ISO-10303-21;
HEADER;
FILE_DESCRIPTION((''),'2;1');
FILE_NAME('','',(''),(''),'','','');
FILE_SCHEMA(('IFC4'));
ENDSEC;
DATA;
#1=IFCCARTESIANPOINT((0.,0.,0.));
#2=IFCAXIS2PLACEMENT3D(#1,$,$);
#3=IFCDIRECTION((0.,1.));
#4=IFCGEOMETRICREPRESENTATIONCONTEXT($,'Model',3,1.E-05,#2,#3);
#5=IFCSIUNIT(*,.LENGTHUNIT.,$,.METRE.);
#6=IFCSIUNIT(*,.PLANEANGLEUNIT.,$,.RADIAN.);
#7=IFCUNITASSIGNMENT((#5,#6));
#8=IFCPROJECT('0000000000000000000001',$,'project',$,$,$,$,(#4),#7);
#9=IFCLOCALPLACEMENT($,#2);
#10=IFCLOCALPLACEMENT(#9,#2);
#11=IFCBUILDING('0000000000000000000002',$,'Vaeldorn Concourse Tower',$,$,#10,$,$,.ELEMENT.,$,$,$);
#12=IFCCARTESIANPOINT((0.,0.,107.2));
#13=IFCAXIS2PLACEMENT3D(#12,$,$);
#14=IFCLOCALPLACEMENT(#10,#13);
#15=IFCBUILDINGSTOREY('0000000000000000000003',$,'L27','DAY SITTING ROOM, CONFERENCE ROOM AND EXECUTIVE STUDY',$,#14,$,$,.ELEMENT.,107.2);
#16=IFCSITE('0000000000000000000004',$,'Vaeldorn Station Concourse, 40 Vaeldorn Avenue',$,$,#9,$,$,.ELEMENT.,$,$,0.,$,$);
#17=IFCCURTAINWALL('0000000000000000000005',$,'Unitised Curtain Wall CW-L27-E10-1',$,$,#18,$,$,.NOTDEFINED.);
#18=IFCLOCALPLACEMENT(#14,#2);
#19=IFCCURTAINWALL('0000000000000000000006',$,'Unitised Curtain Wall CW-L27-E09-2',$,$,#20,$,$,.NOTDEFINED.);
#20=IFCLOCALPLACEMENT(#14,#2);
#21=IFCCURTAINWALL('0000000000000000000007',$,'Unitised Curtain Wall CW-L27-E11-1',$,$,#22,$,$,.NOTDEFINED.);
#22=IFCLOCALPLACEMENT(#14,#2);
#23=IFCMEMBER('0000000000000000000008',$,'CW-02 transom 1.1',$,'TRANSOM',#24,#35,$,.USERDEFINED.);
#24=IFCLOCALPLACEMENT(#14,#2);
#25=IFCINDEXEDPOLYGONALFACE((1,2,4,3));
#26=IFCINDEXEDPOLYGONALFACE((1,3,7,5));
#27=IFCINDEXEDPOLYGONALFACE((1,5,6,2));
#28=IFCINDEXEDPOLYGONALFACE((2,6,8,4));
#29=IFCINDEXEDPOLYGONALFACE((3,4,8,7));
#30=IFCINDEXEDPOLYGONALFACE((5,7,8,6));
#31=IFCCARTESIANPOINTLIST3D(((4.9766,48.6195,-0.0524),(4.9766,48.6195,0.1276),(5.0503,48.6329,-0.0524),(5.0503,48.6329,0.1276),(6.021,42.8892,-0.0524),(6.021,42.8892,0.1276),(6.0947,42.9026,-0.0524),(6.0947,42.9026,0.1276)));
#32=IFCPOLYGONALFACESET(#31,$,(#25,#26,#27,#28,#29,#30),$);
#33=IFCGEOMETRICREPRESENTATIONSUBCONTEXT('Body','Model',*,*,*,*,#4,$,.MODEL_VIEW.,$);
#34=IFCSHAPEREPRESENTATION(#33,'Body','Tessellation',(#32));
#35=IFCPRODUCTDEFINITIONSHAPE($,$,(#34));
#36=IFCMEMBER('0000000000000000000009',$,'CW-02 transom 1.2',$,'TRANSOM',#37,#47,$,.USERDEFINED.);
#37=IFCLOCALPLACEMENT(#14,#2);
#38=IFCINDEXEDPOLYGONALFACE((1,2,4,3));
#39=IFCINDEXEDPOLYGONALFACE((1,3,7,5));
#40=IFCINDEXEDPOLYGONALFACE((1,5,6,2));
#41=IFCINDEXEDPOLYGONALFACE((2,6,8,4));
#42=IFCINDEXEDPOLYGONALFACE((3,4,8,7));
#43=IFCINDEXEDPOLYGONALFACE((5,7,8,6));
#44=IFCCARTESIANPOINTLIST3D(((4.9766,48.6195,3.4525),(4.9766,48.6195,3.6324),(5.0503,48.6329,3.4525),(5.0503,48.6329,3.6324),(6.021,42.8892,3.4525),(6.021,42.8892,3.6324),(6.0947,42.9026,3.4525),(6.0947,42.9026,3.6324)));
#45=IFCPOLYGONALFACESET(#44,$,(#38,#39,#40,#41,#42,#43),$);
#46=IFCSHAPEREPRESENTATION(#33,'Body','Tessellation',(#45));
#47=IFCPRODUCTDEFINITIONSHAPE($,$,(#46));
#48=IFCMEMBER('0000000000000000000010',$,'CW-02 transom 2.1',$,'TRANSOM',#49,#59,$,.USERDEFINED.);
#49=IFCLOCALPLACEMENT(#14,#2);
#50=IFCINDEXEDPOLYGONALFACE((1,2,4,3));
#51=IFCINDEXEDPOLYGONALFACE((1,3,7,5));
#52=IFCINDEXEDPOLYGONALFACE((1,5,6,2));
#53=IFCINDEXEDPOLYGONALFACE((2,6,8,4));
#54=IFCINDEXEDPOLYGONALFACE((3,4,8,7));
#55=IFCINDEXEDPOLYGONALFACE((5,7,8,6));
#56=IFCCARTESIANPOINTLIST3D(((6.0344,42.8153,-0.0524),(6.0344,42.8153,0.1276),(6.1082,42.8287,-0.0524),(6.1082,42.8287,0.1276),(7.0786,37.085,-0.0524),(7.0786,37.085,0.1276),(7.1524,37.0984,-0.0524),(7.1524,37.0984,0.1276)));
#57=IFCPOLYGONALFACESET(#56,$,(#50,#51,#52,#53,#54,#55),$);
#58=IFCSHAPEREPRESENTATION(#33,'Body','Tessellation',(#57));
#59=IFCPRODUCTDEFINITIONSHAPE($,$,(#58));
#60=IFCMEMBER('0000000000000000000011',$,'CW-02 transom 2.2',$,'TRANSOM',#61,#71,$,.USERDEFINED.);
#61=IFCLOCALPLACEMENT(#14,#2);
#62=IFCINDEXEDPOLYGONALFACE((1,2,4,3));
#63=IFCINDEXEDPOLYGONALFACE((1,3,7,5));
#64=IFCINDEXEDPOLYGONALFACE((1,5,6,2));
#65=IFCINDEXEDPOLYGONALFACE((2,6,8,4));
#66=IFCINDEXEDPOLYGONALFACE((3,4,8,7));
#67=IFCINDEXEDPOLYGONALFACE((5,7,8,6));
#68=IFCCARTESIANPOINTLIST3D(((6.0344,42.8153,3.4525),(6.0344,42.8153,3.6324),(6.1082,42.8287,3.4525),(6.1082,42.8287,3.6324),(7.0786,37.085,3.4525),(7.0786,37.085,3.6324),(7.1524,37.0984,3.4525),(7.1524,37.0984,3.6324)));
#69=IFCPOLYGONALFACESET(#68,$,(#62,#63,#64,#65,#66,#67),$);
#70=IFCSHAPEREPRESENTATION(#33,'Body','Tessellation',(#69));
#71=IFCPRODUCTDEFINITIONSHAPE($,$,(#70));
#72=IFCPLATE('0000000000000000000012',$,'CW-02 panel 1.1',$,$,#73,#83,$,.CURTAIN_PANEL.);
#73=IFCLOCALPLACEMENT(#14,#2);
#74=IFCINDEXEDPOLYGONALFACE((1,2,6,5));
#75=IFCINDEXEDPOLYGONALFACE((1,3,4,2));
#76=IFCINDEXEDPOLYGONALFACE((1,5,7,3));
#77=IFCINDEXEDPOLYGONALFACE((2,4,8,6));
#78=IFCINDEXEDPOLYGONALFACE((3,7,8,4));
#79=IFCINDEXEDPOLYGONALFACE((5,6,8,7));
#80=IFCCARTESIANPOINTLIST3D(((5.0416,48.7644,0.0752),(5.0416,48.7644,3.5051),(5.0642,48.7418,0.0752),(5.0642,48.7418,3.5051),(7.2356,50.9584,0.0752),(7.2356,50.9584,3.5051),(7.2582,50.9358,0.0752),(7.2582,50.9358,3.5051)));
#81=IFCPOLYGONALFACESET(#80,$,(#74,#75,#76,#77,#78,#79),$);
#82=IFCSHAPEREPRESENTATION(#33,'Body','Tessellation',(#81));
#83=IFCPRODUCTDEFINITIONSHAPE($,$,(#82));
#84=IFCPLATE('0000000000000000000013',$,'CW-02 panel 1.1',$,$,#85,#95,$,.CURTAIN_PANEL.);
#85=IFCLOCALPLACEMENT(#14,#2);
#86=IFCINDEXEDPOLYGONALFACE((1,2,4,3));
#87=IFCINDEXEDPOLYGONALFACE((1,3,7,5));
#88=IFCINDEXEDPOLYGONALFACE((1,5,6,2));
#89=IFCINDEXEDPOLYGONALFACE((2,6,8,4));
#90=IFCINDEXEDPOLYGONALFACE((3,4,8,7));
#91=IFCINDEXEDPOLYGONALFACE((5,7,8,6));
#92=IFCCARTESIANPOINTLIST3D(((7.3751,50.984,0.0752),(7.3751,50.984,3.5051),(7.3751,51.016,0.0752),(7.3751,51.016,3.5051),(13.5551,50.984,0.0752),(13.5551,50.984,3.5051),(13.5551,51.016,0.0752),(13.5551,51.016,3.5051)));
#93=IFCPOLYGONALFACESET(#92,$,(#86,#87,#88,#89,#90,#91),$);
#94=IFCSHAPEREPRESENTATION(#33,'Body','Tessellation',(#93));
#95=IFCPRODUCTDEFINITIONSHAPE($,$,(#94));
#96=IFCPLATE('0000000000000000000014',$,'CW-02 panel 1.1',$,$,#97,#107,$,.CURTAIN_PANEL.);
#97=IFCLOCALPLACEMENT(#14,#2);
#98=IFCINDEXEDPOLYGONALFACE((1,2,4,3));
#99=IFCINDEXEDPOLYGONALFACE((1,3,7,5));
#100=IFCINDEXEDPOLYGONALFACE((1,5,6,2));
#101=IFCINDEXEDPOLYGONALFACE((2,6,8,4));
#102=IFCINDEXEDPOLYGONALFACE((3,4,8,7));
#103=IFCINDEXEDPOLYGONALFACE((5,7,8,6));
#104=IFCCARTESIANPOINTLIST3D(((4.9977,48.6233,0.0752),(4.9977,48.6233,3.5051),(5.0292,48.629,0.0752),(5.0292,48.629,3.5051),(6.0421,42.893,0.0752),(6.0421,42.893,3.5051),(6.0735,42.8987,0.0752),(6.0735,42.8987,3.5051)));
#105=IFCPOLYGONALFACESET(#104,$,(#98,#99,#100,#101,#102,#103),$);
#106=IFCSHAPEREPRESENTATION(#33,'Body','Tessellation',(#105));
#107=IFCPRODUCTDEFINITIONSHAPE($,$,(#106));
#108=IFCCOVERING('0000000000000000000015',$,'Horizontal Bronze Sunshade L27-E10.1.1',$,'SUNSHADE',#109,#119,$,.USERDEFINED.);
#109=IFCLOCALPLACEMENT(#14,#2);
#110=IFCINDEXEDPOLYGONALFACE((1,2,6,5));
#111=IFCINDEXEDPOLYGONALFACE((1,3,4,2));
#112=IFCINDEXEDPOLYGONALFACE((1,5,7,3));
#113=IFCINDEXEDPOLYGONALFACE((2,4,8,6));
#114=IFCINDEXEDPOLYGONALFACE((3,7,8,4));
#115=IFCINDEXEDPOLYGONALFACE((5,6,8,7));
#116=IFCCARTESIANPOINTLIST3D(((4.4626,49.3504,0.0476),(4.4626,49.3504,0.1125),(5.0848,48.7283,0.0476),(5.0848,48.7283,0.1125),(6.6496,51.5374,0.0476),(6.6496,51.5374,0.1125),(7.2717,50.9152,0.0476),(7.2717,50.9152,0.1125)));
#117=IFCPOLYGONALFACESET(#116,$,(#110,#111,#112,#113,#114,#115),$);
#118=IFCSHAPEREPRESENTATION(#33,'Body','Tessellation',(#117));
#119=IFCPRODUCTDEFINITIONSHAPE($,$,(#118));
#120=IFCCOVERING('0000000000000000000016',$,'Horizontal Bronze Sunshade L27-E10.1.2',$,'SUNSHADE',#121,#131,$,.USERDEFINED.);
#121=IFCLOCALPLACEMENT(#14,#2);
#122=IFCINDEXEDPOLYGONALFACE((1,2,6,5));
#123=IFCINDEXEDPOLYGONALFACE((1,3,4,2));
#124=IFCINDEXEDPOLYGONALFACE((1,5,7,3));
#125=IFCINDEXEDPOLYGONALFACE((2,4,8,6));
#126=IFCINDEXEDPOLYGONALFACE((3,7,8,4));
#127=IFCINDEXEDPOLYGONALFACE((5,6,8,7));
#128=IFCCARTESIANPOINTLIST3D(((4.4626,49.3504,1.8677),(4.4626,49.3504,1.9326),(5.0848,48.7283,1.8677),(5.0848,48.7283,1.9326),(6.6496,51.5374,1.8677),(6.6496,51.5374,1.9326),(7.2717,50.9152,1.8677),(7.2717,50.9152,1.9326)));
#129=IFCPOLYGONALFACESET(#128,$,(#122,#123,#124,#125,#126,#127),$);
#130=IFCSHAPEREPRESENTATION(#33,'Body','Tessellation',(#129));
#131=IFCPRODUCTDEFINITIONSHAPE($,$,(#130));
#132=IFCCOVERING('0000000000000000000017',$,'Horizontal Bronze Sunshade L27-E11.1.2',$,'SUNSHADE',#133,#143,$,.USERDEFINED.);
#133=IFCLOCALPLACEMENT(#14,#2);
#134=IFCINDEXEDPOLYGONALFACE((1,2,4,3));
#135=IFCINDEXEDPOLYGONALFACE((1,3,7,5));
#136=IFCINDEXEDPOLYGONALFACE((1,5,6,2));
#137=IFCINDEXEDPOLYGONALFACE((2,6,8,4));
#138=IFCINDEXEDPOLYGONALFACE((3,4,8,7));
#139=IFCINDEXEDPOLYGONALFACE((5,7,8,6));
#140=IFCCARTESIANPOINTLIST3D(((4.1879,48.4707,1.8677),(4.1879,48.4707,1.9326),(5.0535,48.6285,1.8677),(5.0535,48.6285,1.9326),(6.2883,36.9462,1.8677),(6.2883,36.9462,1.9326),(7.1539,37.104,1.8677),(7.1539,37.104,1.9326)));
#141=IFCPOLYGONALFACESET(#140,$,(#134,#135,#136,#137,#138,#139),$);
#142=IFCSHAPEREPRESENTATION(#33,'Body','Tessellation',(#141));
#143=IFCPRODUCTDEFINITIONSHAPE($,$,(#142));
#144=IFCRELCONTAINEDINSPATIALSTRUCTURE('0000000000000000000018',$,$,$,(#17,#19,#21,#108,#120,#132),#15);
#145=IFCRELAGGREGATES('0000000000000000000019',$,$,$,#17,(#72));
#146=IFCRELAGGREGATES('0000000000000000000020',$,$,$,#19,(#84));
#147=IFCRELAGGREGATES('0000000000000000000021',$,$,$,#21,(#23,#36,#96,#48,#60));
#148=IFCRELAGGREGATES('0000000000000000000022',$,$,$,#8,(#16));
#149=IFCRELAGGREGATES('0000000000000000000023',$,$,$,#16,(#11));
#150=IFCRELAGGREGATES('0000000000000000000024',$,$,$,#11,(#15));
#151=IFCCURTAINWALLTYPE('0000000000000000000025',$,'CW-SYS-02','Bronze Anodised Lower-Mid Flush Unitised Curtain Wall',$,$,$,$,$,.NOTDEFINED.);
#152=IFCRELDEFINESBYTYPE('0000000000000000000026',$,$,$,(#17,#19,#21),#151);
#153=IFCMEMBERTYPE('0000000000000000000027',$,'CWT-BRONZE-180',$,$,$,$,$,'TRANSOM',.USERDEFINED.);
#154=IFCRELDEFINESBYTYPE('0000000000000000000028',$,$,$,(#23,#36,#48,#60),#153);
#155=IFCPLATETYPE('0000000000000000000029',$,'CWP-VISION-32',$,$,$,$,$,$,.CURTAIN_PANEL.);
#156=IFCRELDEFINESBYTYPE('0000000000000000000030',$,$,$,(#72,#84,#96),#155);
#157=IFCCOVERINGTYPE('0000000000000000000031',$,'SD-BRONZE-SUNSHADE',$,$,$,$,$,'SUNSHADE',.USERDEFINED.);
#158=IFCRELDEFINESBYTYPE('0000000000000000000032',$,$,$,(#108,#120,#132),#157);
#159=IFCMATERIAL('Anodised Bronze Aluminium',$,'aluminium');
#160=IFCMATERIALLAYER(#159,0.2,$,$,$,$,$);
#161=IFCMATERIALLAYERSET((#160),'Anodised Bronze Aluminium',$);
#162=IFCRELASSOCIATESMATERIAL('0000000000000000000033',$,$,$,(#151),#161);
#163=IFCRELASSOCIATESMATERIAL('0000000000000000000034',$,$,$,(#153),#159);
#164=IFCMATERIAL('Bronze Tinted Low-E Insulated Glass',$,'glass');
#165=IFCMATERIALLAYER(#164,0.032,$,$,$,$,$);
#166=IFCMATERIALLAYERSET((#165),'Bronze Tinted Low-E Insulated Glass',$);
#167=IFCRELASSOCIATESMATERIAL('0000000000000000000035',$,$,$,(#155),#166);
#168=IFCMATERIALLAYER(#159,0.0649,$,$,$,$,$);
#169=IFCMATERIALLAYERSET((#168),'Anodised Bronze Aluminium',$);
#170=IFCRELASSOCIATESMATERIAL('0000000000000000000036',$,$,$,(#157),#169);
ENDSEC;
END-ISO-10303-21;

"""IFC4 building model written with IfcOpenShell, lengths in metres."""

from ifc_helpers import new_model, si_unit, direction, frame, origin, origin_2d, place, context, subcontext, project, spatial, rectangle, extrude, source, transform, mapped, material, layer, layer_set, material_profile, profile_set, type_object, element, aggregate, save


model = new_model("IFC4")

# Units and contexts
model_context = context("Model", 3, precision=1e-05, world=origin(), true_north=direction((0.0, 1.0)))
body_context = subcontext(model_context, "Body", "Model", "MODEL_VIEW")
ifc_project = project(units=[si_unit("LENGTHUNIT", "METRE"), si_unit("PLANEANGLEUNIT", "RADIAN")], contexts=[model_context])

# Site, building, storey
site_placement = place(None, origin())
site = spatial("IfcSite", under=ifc_project, at=site_placement, Name="Vaeldorn Station Concourse, 40 Vaeldorn Avenue", CompositionType="ELEMENT", RefElevation=0.0)
building_placement = place(site_placement, origin())
building = spatial("IfcBuilding", under=site, at=building_placement, Name="Vaeldorn Concourse Tower", CompositionType="ELEMENT")
storey_placement = place(building_placement, frame((0.0, 0.0, 107.2)))
storey = spatial("IfcBuildingStorey", under=building, at=storey_placement, Name="L27", Description="DAY SITTING ROOM, CONFERENCE ROOM AND EXECUTIVE STUDY", CompositionType="ELEMENT", Elevation=107.2)

# Curtain walls
ifc_material_1 = material(Name="Anodised Bronze Aluminium", Category="aluminium")
ifc_layer_1 = layer(ifc_material_1, 0.2)
ifc_layer_set_1 = layer_set([ifc_layer_1], Name="Anodised Bronze Aluminium")
curtain_wall_type = type_object("IfcCurtainWallType", Name="CW-SYS-02", Description="Bronze Anodised Lower-Mid Flush Unitised Curtain Wall", PredefinedType="NOTDEFINED", material=ifc_layer_set_1)
curtain_wall_1_placement = place(storey_placement, origin())
curtain_wall_1 = element("IfcCurtainWall", 1, at=curtain_wall_1_placement, inside=storey, type_object=curtain_wall_type, Name="Unitised Curtain Wall CW-L27-E10-1", PredefinedType="NOTDEFINED")
ifc_material_profile_1 = material_profile(ifc_material_1, rectangle(XDim=0.075, YDim=0.1799, at=origin_2d()), Name="CWT 75x180")
ifc_profile_set_1 = profile_set([ifc_material_profile_1], Name="Anodised Bronze Aluminium")
member_type_1 = type_object("IfcMemberType", Name="CWT-BRONZE-180", ElementType="TRANSOM", PredefinedType="USERDEFINED", material=ifc_profile_set_1)
curtain_wall_2_placement = place(storey_placement, origin())
curtain_wall_2 = element("IfcCurtainWall", 2, at=curtain_wall_2_placement, inside=storey, type_object=curtain_wall_type, Name="Unitised Curtain Wall CW-L27-E09-2", PredefinedType="NOTDEFINED")

# Curtain wall
curtain_wall_3_placement = place(storey_placement, origin())
curtain_wall_3 = element("IfcCurtainWall", 3, at=curtain_wall_3_placement, inside=storey, type_object=curtain_wall_type, Name="Unitised Curtain Wall CW-L27-E11-1", PredefinedType="NOTDEFINED")

# Members
shared_shape_1 = source(origin(), body_context, "Body", "SweptSolid", [
    extrude(rectangle(XDim=0.075, YDim=0.1799, at=origin_2d()), origin(), (0.0, 0.0, 1.0), 5.8247),
])
member_1_placement = place(storey_placement, frame((5.0134, 48.6262, 0.0376), z_axis=(0.179313, -0.983792, 0.0), x_axis=(0.983792, 0.179313, 0.0)))
member_1 = element("IfcMember", 4, at=member_1_placement, type_object=member_type_1, Name="CW-02 transom 1.1", ObjectType="TRANSOM", PredefinedType="USERDEFINED", context=body_context, shape_type="MappedRepresentation", body=[
    mapped(shared_shape_1, transform((0.0, 0.0, 0.0), scale=1.0)),
])
member_2_placement = place(storey_placement, frame((5.0134, 48.6262, 3.5425), z_axis=(0.179313, -0.983792, 0.0), x_axis=(0.983792, 0.179313, 0.0)))
member_2 = element("IfcMember", 5, at=member_2_placement, type_object=member_type_1, Name="CW-02 transom 1.2", ObjectType="TRANSOM", PredefinedType="USERDEFINED", context=body_context, shape_type="MappedRepresentation", body=[
    mapped(shared_shape_1, transform((0.0, 0.0, 0.0), scale=1.0)),
])
member_3_placement = place(storey_placement, frame((6.0713, 42.822, 0.0376), z_axis=(0.179273, -0.983799, 0.0), x_axis=(0.983799, 0.179273, 0.0)))
member_3 = element("IfcMember", 6, at=member_3_placement, type_object=member_type_1, Name="CW-02 transom 2.1", ObjectType="TRANSOM", PredefinedType="USERDEFINED", context=body_context, shape_type="MappedRepresentation", body=[
    mapped(shared_shape_1, transform((0.0, 0.0, 0.0), scale=1.0)),
])
member_4_placement = place(storey_placement, frame((6.0713, 42.822, 3.5425), z_axis=(0.179273, -0.983799, 0.0), x_axis=(0.983799, 0.179273, 0.0)))
member_4 = element("IfcMember", 7, at=member_4_placement, type_object=member_type_1, Name="CW-02 transom 2.2", ObjectType="TRANSOM", PredefinedType="USERDEFINED", context=body_context, shape_type="MappedRepresentation", body=[
    mapped(shared_shape_1, transform((0.0, 0.0, 0.0), scale=1.0)),
])

# Plates
ifc_material_2 = material(Name="Bronze Tinted Low-E Insulated Glass", Category="glass")
ifc_layer_2 = layer(ifc_material_2, 0.032)
ifc_layer_set_2 = layer_set([ifc_layer_2], Name="Bronze Tinted Low-E Insulated Glass")
plate_type = type_object("IfcPlateType", Name="CWP-VISION-32", PredefinedType="CURTAIN_PANEL", material=ifc_layer_set_2)
shared_shape_2 = source(origin(), body_context, "Body", "SweptSolid", [
    extrude(rectangle(XDim=3.1028, YDim=0.032, at=origin_2d()), origin(), (0.0, 0.0, 1.0), 3.4299),
])
plate_1_placement = place(storey_placement, frame((6.1499, 49.8501, 0.0752), z_axis=(0.0, 0.0, 1.0), x_axis=(-0.707107, -0.707107, 0.0)))
plate_1 = element("IfcPlate", 8, at=plate_1_placement, type_object=plate_type, Name="CW-02 panel 1.1", PredefinedType="CURTAIN_PANEL", context=body_context, shape_type="MappedRepresentation", body=[
    mapped(shared_shape_2, transform((0.0, 0.0, 0.0), scale=1.0)),
])
aggregate(curtain_wall_1, [plate_1])
shared_shape_3 = source(origin(), body_context, "Body", "SweptSolid", [
    extrude(rectangle(XDim=6.1799, YDim=0.032, at=origin_2d()), origin(), (0.0, 0.0, 1.0), 3.4299),
])
plate_2_placement = place(storey_placement, frame((10.4651, 51.0, 0.0752), z_axis=(0.0, 0.0, 1.0), x_axis=(-1.0, 0.0, 0.0)))
plate_2 = element("IfcPlate", 9, at=plate_2_placement, type_object=plate_type, Name="CW-02 panel 1.1", PredefinedType="CURTAIN_PANEL", context=body_context, shape_type="MappedRepresentation", body=[
    mapped(shared_shape_3, transform((0.0, 0.0, 0.0), scale=1.0)),
])
aggregate(curtain_wall_2, [plate_2])
shared_shape_4 = source(origin(), body_context, "Body", "SweptSolid", [
    extrude(rectangle(XDim=5.8247, YDim=0.032, at=origin_2d()), origin(), (0.0, 0.0, 1.0), 3.4299),
])
plate_3_placement = place(storey_placement, frame((5.5356, 45.761, 0.0752), z_axis=(0.0, 0.0, 1.0), x_axis=(0.179293, -0.983796, 0.0)))
plate_3 = element("IfcPlate", 10, at=plate_3_placement, type_object=plate_type, Name="CW-02 panel 1.1", PredefinedType="CURTAIN_PANEL", context=body_context, shape_type="MappedRepresentation", body=[
    mapped(shared_shape_4, transform((0.0, 0.0, 0.0), scale=1.0)),
])
aggregate(curtain_wall_3, [member_1, member_2, plate_3, member_3, member_4])

# Coverings
ifc_layer_3 = layer(ifc_material_1, 0.0649)
ifc_layer_set_3 = layer_set([ifc_layer_3], Name="Anodised Bronze Aluminium")
covering_type = type_object("IfcCoveringType", Name="SD-BRONZE-SUNSHADE", ElementType="SUNSHADE", PredefinedType="USERDEFINED", material=ifc_layer_set_3)
shared_shape_5 = source(origin(), body_context, "Body", "SweptSolid", [
    extrude(rectangle(XDim=3.0928, YDim=0.8799, at=origin_2d()), origin(), (0.0, 0.0, 1.0), 0.0649),
])
for number, where, z_axis, x_axis, name in (
    (11, (5.8672, 50.1328, 0.0476), (0.0, 0.0, 1.0), (-0.707107, -0.707107, 0.0), "Horizontal Bronze Sunshade L27-E10.1.1"),
    (12, (5.8672, 50.1328, 1.8677), (0.0, 0.0, 1.0), (-0.707107, -0.707107, 0.0), "Horizontal Bronze Sunshade L27-E10.1.2"),
):
    element("IfcCovering", number, at=place(storey_placement, frame(where, z_axis=z_axis, x_axis=x_axis)), inside=storey, type_object=covering_type, Name=name, ObjectType="SUNSHADE", PredefinedType="USERDEFINED", context=body_context, shape_type="MappedRepresentation", body=[
        mapped(shared_shape_5, transform((0.0, 0.0, 0.0), scale=1.0)),
    ])
shared_shape_6 = source(origin(), body_context, "Body", "SweptSolid", [
    extrude(rectangle(XDim=11.7144, YDim=0.8799, at=origin_2d()), origin(), (0.0, 0.0, 1.0), 0.0649),
])
covering_placement = place(storey_placement, frame((5.6709, 42.7874, 1.8677), z_axis=(0.0, 0.0, 1.0), x_axis=(0.1793, -0.983794, 0.0)))
element("IfcCovering", 13, at=covering_placement, inside=storey, type_object=covering_type, Name="Horizontal Bronze Sunshade L27-E11.1.2", ObjectType="SUNSHADE", PredefinedType="USERDEFINED", context=body_context, shape_type="MappedRepresentation", body=[
    mapped(shared_shape_6, transform((0.0, 0.0, 0.0), scale=1.0)),
])

save(model, "model.ifc")
